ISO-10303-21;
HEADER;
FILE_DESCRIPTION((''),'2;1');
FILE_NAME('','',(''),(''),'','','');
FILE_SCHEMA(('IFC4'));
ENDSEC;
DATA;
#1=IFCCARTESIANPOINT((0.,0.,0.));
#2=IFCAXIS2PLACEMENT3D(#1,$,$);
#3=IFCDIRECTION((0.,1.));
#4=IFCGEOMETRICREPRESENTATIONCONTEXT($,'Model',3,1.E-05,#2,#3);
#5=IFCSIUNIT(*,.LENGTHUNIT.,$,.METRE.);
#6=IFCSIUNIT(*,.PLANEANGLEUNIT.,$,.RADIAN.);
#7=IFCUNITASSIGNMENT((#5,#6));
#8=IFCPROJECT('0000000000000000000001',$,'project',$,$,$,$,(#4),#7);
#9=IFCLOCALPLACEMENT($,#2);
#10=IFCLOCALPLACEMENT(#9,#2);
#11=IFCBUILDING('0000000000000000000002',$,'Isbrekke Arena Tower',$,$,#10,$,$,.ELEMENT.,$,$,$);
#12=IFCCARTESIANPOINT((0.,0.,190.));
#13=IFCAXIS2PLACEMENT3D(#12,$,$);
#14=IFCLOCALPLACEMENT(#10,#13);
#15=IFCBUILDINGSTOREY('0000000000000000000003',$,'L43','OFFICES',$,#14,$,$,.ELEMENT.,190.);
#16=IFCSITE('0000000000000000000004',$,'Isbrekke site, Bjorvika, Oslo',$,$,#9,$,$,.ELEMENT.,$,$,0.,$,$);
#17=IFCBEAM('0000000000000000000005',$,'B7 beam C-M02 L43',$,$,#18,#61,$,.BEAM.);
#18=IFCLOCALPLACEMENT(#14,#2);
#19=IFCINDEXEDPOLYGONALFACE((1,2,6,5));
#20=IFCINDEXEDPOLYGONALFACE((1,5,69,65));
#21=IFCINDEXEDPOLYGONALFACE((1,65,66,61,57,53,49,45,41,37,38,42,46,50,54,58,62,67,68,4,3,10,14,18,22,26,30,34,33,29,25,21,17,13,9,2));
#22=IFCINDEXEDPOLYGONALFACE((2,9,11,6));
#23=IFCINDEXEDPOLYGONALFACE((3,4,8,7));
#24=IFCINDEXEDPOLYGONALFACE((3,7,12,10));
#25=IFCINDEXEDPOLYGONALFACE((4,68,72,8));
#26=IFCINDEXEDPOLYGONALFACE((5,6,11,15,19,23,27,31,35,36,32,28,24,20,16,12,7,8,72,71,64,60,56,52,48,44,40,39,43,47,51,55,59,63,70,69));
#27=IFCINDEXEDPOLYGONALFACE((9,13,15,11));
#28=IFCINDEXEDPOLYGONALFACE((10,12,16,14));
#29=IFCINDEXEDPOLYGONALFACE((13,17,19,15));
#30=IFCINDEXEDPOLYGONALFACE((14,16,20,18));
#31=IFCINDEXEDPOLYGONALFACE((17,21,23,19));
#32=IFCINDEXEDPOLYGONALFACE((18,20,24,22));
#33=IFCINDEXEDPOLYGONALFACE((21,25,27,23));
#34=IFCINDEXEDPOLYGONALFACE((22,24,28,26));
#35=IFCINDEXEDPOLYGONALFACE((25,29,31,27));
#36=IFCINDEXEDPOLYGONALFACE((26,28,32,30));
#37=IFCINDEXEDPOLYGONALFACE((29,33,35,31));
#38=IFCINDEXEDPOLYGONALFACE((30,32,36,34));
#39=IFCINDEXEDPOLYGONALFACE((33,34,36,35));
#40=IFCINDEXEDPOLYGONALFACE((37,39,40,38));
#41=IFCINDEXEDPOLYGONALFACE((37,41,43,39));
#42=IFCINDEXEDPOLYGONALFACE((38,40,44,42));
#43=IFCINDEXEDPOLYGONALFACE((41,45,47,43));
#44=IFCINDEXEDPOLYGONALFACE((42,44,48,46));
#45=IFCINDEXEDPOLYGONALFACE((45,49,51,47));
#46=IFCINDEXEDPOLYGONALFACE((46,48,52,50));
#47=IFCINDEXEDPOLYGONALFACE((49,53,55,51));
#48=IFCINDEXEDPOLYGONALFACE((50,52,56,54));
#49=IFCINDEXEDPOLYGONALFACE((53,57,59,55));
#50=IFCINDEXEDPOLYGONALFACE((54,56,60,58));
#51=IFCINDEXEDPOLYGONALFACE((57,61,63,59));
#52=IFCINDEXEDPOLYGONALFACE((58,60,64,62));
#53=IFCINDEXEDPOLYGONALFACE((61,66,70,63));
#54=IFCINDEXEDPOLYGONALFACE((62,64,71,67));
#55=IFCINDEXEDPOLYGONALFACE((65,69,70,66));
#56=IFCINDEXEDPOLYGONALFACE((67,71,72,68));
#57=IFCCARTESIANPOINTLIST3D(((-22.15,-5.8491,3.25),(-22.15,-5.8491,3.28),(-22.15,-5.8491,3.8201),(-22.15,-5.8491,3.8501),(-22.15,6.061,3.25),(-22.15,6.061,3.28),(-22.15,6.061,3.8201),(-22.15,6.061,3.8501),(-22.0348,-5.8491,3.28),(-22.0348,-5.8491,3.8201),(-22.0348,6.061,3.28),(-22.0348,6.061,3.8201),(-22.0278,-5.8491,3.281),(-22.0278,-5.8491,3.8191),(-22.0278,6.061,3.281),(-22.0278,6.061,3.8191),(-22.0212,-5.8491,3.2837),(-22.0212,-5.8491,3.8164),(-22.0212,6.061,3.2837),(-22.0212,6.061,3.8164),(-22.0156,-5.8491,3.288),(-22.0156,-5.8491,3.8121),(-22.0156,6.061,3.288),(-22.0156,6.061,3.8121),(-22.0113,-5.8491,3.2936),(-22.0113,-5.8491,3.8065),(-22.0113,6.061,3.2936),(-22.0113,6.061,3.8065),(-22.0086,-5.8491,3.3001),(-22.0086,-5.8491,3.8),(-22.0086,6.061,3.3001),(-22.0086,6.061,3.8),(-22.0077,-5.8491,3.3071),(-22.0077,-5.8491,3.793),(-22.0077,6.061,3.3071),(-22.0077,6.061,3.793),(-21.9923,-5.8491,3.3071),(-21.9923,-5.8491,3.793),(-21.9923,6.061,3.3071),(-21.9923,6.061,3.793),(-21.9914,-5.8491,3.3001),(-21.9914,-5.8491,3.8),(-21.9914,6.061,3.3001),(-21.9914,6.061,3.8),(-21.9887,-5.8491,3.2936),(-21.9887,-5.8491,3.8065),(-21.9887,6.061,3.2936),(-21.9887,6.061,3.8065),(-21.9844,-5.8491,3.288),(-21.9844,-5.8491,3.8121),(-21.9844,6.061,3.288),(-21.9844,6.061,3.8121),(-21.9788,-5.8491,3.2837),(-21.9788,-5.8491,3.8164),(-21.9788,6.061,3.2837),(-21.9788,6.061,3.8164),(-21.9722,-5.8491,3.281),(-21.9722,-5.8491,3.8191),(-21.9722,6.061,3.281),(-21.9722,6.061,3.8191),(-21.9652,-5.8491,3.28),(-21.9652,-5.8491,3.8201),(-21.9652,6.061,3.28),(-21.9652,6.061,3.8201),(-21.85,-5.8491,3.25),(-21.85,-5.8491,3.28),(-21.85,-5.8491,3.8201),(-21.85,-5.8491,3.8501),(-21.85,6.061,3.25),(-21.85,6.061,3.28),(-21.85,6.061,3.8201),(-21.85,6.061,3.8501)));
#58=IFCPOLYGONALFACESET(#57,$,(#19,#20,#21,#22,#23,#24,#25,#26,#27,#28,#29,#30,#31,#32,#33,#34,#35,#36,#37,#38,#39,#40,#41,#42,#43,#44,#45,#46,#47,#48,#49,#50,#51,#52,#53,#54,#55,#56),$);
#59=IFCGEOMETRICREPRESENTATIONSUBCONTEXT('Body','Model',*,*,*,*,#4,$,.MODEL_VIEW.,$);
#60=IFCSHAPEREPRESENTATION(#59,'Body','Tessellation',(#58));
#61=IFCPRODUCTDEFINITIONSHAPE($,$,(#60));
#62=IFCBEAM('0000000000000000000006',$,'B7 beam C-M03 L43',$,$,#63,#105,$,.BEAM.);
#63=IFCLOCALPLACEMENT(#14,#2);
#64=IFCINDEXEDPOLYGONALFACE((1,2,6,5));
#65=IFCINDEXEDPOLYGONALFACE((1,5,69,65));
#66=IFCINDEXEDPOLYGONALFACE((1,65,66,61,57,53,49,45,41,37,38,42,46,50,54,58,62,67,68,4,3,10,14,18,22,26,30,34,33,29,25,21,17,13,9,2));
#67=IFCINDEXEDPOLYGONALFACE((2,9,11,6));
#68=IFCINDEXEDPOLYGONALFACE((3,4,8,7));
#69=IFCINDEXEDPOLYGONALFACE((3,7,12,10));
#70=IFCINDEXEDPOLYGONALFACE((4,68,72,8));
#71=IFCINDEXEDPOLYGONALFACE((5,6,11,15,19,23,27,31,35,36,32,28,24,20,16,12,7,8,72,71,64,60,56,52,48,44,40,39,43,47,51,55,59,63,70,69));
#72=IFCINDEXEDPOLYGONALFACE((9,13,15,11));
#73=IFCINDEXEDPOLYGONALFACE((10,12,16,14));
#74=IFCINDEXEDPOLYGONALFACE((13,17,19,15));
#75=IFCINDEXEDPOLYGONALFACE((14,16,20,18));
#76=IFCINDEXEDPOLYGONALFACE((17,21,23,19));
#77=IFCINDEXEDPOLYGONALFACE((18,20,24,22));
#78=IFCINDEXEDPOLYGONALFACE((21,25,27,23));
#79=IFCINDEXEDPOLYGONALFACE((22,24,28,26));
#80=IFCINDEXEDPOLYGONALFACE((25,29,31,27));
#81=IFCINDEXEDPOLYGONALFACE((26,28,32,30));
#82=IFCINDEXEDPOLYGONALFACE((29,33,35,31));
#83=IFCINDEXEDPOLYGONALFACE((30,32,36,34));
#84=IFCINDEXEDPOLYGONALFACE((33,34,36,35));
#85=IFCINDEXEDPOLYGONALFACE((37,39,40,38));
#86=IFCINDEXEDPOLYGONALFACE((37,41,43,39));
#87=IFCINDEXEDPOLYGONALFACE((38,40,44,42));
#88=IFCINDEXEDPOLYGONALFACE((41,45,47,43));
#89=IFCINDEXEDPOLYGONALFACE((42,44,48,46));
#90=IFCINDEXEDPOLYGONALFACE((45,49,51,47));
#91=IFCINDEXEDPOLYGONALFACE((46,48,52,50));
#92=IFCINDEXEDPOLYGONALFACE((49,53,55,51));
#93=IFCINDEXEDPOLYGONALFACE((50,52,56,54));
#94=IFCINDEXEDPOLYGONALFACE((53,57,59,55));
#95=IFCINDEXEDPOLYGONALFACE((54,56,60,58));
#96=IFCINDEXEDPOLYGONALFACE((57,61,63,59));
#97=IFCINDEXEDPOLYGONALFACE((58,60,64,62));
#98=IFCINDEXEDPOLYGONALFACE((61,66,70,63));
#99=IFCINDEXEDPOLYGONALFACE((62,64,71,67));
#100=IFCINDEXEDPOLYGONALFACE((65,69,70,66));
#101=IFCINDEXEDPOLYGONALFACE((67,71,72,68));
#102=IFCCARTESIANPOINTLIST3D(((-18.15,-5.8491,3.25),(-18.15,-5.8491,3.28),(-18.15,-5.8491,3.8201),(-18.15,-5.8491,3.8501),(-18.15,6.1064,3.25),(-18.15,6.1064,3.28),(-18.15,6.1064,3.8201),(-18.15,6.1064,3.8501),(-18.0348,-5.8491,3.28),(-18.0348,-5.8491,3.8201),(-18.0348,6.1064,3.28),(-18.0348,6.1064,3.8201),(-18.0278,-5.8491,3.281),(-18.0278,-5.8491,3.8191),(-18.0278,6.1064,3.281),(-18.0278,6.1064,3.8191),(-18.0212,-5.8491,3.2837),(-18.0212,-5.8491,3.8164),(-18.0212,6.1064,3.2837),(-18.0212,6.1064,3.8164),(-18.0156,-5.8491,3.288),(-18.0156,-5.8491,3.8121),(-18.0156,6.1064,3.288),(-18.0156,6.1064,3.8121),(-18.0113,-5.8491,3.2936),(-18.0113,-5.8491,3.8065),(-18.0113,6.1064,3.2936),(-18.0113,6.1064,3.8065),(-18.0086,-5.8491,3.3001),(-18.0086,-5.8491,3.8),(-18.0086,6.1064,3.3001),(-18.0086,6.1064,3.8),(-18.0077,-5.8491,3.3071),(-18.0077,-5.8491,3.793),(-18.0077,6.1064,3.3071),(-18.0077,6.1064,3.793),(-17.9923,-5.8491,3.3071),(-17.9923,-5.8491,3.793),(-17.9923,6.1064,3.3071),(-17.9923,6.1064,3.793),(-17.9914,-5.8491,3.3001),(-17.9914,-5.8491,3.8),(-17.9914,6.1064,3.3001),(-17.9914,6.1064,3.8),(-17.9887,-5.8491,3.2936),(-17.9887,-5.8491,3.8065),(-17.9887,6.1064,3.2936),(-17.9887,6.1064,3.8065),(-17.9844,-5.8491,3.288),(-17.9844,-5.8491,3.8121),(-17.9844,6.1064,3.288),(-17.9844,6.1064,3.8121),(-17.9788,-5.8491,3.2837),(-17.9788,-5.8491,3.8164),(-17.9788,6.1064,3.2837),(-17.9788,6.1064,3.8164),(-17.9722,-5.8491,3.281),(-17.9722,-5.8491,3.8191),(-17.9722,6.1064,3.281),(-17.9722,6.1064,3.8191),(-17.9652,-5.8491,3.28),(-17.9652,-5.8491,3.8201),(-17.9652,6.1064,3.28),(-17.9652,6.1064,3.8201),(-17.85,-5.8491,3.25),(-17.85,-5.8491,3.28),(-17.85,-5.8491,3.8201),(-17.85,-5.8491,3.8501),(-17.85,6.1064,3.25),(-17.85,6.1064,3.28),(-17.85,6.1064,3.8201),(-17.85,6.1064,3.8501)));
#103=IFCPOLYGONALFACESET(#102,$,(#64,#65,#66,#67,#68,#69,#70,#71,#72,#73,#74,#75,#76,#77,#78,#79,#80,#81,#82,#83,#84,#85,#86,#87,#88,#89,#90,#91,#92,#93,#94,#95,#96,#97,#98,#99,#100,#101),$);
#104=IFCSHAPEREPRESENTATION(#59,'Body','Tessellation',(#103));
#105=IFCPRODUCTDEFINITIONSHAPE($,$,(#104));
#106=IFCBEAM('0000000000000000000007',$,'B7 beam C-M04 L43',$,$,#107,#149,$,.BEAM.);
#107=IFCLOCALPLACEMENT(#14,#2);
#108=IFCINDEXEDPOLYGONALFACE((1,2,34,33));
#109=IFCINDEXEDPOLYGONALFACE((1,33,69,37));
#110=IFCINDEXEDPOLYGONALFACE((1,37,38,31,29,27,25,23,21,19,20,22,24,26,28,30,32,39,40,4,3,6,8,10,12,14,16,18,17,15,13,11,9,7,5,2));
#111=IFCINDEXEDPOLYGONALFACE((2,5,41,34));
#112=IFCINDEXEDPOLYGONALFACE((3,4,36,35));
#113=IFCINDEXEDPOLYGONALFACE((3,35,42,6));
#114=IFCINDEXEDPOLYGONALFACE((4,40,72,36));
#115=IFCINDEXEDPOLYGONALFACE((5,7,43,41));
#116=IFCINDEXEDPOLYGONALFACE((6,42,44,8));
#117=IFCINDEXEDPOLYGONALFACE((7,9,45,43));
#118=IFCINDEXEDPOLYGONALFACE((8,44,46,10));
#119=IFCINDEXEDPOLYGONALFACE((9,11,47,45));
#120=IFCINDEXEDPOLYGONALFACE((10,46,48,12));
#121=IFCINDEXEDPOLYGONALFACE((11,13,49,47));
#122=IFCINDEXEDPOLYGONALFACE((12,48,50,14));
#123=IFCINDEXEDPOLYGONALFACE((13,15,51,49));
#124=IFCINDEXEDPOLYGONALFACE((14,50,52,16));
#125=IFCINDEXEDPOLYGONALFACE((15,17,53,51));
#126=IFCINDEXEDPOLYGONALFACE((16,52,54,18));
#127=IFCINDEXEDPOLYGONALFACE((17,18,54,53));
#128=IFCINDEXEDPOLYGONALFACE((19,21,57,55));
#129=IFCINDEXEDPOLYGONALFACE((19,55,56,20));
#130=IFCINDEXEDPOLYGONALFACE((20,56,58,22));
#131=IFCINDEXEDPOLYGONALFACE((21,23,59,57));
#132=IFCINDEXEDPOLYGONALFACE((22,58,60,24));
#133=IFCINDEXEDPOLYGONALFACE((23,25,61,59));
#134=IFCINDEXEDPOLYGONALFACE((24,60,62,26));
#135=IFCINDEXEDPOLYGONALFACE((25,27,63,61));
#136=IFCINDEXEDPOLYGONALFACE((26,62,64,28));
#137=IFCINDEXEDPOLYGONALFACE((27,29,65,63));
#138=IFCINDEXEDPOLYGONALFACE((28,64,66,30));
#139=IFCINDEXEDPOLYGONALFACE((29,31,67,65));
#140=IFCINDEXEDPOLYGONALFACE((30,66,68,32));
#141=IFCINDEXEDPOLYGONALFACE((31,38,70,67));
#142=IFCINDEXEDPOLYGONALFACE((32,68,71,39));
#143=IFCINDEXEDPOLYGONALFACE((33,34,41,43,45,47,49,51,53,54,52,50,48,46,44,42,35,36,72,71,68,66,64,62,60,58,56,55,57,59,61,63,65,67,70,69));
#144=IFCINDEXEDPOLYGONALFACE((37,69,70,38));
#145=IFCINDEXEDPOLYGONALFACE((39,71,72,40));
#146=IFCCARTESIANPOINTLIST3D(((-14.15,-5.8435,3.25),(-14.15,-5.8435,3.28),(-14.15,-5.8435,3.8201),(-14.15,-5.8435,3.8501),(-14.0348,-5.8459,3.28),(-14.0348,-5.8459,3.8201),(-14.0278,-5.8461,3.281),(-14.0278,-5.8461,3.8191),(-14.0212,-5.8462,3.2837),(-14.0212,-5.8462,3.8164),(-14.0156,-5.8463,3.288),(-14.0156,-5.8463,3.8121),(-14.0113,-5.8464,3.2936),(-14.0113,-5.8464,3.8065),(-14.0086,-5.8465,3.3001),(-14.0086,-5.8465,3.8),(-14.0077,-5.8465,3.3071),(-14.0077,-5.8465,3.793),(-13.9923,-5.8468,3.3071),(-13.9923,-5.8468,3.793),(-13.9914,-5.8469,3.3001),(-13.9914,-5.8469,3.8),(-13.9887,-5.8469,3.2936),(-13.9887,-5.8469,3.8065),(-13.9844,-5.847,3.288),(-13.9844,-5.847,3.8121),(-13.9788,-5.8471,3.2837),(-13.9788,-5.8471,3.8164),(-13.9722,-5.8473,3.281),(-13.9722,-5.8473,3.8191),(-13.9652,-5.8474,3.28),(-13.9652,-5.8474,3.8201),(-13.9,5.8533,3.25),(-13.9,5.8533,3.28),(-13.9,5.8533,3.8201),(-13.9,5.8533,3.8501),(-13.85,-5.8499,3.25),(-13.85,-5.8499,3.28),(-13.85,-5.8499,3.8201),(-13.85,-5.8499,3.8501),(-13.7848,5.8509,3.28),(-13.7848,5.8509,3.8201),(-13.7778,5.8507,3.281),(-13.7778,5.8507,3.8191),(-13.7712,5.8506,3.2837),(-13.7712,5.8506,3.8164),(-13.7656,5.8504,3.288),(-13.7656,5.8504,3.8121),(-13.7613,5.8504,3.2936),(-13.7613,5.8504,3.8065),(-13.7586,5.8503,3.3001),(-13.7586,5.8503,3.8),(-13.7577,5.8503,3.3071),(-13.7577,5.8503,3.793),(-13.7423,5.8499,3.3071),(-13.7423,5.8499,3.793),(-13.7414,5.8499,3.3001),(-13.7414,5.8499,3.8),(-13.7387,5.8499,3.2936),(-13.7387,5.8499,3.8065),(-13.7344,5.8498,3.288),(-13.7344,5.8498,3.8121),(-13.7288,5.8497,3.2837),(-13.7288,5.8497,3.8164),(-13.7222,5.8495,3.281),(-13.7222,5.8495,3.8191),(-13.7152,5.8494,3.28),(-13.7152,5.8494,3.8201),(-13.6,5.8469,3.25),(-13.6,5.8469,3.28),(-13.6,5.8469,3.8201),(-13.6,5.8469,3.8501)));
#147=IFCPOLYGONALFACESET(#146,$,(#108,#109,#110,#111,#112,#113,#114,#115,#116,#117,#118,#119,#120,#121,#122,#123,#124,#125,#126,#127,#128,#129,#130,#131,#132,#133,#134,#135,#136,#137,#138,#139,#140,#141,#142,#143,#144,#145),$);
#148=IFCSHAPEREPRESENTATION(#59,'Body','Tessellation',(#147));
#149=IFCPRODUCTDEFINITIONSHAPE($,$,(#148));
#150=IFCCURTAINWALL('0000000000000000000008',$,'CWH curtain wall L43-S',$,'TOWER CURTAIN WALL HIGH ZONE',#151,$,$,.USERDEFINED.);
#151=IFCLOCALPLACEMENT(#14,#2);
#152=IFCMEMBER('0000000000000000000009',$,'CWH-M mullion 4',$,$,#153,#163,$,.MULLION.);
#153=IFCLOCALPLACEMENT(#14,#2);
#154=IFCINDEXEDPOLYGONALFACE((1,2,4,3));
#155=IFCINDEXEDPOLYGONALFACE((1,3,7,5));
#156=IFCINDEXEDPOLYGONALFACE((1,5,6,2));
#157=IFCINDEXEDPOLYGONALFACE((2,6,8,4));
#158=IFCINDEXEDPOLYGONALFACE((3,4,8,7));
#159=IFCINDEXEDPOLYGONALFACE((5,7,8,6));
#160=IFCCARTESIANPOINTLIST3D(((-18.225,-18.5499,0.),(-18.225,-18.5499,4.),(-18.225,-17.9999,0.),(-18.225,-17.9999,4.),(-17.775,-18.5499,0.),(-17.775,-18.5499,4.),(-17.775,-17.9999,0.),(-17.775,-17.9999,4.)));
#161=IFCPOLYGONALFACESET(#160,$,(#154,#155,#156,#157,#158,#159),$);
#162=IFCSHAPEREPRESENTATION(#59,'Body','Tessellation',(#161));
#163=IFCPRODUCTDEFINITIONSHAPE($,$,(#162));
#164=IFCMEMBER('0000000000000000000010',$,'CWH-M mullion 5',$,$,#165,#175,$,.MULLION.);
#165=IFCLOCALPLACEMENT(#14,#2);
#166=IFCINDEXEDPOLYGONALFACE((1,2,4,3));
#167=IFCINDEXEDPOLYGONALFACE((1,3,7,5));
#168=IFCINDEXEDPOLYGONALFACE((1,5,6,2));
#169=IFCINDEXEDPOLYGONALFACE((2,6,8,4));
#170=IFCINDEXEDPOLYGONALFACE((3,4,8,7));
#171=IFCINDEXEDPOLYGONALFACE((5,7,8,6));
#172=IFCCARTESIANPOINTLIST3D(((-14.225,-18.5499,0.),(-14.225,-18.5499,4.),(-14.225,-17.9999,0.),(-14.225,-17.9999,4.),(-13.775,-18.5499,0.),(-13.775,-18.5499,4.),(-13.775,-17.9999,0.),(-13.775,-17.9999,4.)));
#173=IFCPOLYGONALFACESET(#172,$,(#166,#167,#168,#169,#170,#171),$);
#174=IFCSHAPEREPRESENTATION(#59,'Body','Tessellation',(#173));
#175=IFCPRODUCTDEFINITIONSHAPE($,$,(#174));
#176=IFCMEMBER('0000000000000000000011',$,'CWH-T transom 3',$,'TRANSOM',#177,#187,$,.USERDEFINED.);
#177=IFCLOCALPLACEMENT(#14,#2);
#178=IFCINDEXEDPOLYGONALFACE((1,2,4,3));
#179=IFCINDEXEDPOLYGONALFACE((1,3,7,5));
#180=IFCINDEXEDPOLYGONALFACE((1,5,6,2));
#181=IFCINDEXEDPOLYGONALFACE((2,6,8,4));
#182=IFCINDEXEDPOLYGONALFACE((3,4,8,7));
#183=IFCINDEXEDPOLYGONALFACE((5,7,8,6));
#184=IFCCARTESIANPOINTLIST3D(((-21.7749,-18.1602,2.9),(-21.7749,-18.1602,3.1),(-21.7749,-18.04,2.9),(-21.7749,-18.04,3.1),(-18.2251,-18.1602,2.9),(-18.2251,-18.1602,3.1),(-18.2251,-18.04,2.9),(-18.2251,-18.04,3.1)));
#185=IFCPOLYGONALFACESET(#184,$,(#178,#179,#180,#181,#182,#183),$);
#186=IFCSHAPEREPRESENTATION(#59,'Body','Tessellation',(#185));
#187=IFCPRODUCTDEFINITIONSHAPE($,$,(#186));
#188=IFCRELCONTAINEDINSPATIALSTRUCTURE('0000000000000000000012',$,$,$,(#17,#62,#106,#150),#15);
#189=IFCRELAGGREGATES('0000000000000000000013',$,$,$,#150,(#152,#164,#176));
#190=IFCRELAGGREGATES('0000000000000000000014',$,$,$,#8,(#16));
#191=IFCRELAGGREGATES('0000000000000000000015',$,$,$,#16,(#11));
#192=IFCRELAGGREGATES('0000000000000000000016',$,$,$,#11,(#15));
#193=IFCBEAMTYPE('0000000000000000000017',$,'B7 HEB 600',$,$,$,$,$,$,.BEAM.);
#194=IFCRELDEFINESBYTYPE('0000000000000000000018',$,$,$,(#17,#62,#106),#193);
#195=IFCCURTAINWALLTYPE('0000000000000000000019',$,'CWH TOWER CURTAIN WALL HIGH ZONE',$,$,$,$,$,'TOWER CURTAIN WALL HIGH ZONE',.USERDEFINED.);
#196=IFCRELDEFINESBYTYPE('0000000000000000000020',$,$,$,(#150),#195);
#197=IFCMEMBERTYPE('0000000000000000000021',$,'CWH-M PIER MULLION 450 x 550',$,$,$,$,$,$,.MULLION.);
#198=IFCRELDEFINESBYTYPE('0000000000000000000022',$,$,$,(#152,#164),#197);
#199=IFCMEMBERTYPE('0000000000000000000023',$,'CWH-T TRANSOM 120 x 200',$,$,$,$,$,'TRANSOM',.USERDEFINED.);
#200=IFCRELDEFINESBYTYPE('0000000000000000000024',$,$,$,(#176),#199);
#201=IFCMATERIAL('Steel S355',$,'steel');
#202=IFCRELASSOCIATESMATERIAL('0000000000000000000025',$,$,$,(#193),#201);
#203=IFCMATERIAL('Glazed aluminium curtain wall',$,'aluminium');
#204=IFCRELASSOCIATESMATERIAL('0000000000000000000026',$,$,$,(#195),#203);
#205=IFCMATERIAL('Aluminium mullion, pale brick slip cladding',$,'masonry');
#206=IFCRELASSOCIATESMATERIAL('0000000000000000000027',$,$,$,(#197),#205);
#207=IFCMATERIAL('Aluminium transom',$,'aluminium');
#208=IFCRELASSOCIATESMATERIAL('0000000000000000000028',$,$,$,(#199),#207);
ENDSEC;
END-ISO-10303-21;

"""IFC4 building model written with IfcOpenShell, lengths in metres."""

from ifc_helpers import new_model, si_unit, direction, frame, origin, origin_2d, place, context, subcontext, project, spatial, rectangle, i_section, extrude, material, material_profile, profile_set, type_object, element, aggregate, save


model = new_model("IFC4")

# Units and contexts
model_context = context("Model", 3, precision=1e-05, world=origin(), true_north=direction((0.0, 1.0)))
body_context = subcontext(model_context, "Body", "Model", "MODEL_VIEW")
ifc_project = project(units=[si_unit("LENGTHUNIT", "METRE"), si_unit("PLANEANGLEUNIT", "RADIAN")], contexts=[model_context])

# Site, building, storey
site_placement = place(None, origin())
site = spatial("IfcSite", under=ifc_project, at=site_placement, Name="Isbrekke site, Bjorvika, Oslo", CompositionType="ELEMENT", RefElevation=0.0)
building_placement = place(site_placement, origin())
building = spatial("IfcBuilding", under=site, at=building_placement, Name="Isbrekke Arena Tower", CompositionType="ELEMENT")
storey_placement = place(building_placement, frame((0.0, 0.0, 190.0)))
storey = spatial("IfcBuildingStorey", under=building, at=storey_placement, Name="L43", Description="OFFICES", CompositionType="ELEMENT", Elevation=190.0)

# Beams
ifc_material_1 = material(Name="Steel S355", Category="steel")
ifc_material_profile_1 = material_profile(ifc_material_1, i_section(OverallWidth=0.3, OverallDepth=0.6001, WebThickness=0.0154, FlangeThickness=0.03, FilletRadius=0.0271, at=origin_2d()), Name="HEB 600")
ifc_profile_set_1 = profile_set([ifc_material_profile_1], Name="Steel S355")
beam_type_1 = type_object("IfcBeamType", Name="B7 HEB 600", PredefinedType="BEAM", material=ifc_profile_set_1)
beam_1_placement = place(storey_placement, frame((-22.0, -5.8491, 3.55), z_axis=(0.0, 1.0, 0.0), x_axis=(-1.0, 0.0, 0.0)))
element("IfcBeam", 1, at=beam_1_placement, inside=storey, type_object=beam_type_1, Name="B7 beam C-M02 L43", PredefinedType="BEAM", context=body_context, shape_type="SweptSolid", body=[
    extrude(i_section(OverallWidth=0.3, OverallDepth=0.6001, WebThickness=0.0154, FlangeThickness=0.03, FilletRadius=0.0271, at=origin_2d()), origin(), (0.0, 0.0, 1.0), 11.9102),
])
beam_2_placement = place(storey_placement, frame((-18.0, -5.8491, 3.55), z_axis=(0.0, 1.0, 0.0), x_axis=(-1.0, 0.0, 0.0)))
element("IfcBeam", 2, at=beam_2_placement, inside=storey, type_object=beam_type_1, Name="B7 beam C-M03 L43", PredefinedType="BEAM", context=body_context, shape_type="SweptSolid", body=[
    extrude(i_section(OverallWidth=0.3, OverallDepth=0.6001, WebThickness=0.0154, FlangeThickness=0.03, FilletRadius=0.0271, at=origin_2d()), origin(), (0.0, 0.0, 1.0), 11.9556),
])
beam_3_placement = place(storey_placement, frame((-14.0, -5.8467, 3.55), z_axis=(0.021369, 0.999772, 0.0), x_axis=(-0.999772, 0.021369, 0.0)))
element("IfcBeam", 3, at=beam_3_placement, inside=storey, type_object=beam_type_1, Name="B7 beam C-M04 L43", PredefinedType="BEAM", context=body_context, shape_type="SweptSolid", body=[
    extrude(i_section(OverallWidth=0.3, OverallDepth=0.6001, WebThickness=0.0154, FlangeThickness=0.03, FilletRadius=0.0271, at=origin_2d()), origin(), (0.0, 0.0, 1.0), 11.6995),
])

# Curtain wall, members
ifc_material_2 = material(Name="Glazed aluminium curtain wall", Category="aluminium")
curtain_wall_type = type_object("IfcCurtainWallType", Name="CWH TOWER CURTAIN WALL HIGH ZONE", ElementType="TOWER CURTAIN WALL HIGH ZONE", PredefinedType="USERDEFINED", material=ifc_material_2)
curtain_wall_placement = place(storey_placement, origin())
curtain_wall = element("IfcCurtainWall", 4, at=curtain_wall_placement, inside=storey, type_object=curtain_wall_type, Name="CWH curtain wall L43-S", ObjectType="TOWER CURTAIN WALL HIGH ZONE", PredefinedType="USERDEFINED")
ifc_material_3 = material(Name="Aluminium mullion, pale brick slip cladding", Category="masonry")
ifc_material_profile_2 = material_profile(ifc_material_3, rectangle(XDim=0.45, YDim=0.55, at=origin_2d()), Name="PIER 450X550")
ifc_profile_set_2 = profile_set([ifc_material_profile_2], Name="Aluminium mullion, pale brick slip cladding")
member_type_1 = type_object("IfcMemberType", Name="CWH-M PIER MULLION 450 x 550", PredefinedType="MULLION", material=ifc_profile_set_2)
member_1_placement = place(storey_placement, frame((-18.0, -18.2749, 0.0), z_axis=(0.0, 0.0, 1.0), x_axis=(1.0, 0.0, 0.0)))
member_1 = element("IfcMember", 5, at=member_1_placement, type_object=member_type_1, Name="CWH-M mullion 4", PredefinedType="MULLION", context=body_context, shape_type="SweptSolid", body=[
    extrude(rectangle(XDim=0.45, YDim=0.55, at=origin_2d()), origin(), (0.0, 0.0, 1.0), 4.0),
])
member_2_placement = place(storey_placement, frame((-14.0, -18.2749, 0.0), z_axis=(0.0, 0.0, 1.0), x_axis=(1.0, 0.0, 0.0)))
member_2 = element("IfcMember", 6, at=member_2_placement, type_object=member_type_1, Name="CWH-M mullion 5", PredefinedType="MULLION", context=body_context, shape_type="SweptSolid", body=[
    extrude(rectangle(XDim=0.45, YDim=0.55, at=origin_2d()), origin(), (0.0, 0.0, 1.0), 4.0),
])
ifc_material_4 = material(Name="Aluminium transom", Category="aluminium")
ifc_material_profile_3 = material_profile(ifc_material_4, rectangle(XDim=0.1201, YDim=0.2, at=origin_2d()), Name="TRANSOM 120X200")
ifc_profile_set_3 = profile_set([ifc_material_profile_3], Name="Aluminium transom")
member_type_2 = type_object("IfcMemberType", Name="CWH-T TRANSOM 120 x 200", ElementType="TRANSOM", PredefinedType="USERDEFINED", material=ifc_profile_set_3)
member_3_placement = place(storey_placement, frame((-21.7749, -18.1001, 3.0), z_axis=(1.0, 0.0, 0.0), x_axis=(0.0, 1.0, 0.0)))
member_3 = element("IfcMember", 7, at=member_3_placement, type_object=member_type_2, Name="CWH-T transom 3", ObjectType="TRANSOM", PredefinedType="USERDEFINED", context=body_context, shape_type="SweptSolid", body=[
    extrude(rectangle(XDim=0.1201, YDim=0.2, at=origin_2d()), origin(), (0.0, 0.0, 1.0), 3.5498),
])

aggregate(curtain_wall, [member_1, member_2, member_3])

save(model, "model.ifc")
